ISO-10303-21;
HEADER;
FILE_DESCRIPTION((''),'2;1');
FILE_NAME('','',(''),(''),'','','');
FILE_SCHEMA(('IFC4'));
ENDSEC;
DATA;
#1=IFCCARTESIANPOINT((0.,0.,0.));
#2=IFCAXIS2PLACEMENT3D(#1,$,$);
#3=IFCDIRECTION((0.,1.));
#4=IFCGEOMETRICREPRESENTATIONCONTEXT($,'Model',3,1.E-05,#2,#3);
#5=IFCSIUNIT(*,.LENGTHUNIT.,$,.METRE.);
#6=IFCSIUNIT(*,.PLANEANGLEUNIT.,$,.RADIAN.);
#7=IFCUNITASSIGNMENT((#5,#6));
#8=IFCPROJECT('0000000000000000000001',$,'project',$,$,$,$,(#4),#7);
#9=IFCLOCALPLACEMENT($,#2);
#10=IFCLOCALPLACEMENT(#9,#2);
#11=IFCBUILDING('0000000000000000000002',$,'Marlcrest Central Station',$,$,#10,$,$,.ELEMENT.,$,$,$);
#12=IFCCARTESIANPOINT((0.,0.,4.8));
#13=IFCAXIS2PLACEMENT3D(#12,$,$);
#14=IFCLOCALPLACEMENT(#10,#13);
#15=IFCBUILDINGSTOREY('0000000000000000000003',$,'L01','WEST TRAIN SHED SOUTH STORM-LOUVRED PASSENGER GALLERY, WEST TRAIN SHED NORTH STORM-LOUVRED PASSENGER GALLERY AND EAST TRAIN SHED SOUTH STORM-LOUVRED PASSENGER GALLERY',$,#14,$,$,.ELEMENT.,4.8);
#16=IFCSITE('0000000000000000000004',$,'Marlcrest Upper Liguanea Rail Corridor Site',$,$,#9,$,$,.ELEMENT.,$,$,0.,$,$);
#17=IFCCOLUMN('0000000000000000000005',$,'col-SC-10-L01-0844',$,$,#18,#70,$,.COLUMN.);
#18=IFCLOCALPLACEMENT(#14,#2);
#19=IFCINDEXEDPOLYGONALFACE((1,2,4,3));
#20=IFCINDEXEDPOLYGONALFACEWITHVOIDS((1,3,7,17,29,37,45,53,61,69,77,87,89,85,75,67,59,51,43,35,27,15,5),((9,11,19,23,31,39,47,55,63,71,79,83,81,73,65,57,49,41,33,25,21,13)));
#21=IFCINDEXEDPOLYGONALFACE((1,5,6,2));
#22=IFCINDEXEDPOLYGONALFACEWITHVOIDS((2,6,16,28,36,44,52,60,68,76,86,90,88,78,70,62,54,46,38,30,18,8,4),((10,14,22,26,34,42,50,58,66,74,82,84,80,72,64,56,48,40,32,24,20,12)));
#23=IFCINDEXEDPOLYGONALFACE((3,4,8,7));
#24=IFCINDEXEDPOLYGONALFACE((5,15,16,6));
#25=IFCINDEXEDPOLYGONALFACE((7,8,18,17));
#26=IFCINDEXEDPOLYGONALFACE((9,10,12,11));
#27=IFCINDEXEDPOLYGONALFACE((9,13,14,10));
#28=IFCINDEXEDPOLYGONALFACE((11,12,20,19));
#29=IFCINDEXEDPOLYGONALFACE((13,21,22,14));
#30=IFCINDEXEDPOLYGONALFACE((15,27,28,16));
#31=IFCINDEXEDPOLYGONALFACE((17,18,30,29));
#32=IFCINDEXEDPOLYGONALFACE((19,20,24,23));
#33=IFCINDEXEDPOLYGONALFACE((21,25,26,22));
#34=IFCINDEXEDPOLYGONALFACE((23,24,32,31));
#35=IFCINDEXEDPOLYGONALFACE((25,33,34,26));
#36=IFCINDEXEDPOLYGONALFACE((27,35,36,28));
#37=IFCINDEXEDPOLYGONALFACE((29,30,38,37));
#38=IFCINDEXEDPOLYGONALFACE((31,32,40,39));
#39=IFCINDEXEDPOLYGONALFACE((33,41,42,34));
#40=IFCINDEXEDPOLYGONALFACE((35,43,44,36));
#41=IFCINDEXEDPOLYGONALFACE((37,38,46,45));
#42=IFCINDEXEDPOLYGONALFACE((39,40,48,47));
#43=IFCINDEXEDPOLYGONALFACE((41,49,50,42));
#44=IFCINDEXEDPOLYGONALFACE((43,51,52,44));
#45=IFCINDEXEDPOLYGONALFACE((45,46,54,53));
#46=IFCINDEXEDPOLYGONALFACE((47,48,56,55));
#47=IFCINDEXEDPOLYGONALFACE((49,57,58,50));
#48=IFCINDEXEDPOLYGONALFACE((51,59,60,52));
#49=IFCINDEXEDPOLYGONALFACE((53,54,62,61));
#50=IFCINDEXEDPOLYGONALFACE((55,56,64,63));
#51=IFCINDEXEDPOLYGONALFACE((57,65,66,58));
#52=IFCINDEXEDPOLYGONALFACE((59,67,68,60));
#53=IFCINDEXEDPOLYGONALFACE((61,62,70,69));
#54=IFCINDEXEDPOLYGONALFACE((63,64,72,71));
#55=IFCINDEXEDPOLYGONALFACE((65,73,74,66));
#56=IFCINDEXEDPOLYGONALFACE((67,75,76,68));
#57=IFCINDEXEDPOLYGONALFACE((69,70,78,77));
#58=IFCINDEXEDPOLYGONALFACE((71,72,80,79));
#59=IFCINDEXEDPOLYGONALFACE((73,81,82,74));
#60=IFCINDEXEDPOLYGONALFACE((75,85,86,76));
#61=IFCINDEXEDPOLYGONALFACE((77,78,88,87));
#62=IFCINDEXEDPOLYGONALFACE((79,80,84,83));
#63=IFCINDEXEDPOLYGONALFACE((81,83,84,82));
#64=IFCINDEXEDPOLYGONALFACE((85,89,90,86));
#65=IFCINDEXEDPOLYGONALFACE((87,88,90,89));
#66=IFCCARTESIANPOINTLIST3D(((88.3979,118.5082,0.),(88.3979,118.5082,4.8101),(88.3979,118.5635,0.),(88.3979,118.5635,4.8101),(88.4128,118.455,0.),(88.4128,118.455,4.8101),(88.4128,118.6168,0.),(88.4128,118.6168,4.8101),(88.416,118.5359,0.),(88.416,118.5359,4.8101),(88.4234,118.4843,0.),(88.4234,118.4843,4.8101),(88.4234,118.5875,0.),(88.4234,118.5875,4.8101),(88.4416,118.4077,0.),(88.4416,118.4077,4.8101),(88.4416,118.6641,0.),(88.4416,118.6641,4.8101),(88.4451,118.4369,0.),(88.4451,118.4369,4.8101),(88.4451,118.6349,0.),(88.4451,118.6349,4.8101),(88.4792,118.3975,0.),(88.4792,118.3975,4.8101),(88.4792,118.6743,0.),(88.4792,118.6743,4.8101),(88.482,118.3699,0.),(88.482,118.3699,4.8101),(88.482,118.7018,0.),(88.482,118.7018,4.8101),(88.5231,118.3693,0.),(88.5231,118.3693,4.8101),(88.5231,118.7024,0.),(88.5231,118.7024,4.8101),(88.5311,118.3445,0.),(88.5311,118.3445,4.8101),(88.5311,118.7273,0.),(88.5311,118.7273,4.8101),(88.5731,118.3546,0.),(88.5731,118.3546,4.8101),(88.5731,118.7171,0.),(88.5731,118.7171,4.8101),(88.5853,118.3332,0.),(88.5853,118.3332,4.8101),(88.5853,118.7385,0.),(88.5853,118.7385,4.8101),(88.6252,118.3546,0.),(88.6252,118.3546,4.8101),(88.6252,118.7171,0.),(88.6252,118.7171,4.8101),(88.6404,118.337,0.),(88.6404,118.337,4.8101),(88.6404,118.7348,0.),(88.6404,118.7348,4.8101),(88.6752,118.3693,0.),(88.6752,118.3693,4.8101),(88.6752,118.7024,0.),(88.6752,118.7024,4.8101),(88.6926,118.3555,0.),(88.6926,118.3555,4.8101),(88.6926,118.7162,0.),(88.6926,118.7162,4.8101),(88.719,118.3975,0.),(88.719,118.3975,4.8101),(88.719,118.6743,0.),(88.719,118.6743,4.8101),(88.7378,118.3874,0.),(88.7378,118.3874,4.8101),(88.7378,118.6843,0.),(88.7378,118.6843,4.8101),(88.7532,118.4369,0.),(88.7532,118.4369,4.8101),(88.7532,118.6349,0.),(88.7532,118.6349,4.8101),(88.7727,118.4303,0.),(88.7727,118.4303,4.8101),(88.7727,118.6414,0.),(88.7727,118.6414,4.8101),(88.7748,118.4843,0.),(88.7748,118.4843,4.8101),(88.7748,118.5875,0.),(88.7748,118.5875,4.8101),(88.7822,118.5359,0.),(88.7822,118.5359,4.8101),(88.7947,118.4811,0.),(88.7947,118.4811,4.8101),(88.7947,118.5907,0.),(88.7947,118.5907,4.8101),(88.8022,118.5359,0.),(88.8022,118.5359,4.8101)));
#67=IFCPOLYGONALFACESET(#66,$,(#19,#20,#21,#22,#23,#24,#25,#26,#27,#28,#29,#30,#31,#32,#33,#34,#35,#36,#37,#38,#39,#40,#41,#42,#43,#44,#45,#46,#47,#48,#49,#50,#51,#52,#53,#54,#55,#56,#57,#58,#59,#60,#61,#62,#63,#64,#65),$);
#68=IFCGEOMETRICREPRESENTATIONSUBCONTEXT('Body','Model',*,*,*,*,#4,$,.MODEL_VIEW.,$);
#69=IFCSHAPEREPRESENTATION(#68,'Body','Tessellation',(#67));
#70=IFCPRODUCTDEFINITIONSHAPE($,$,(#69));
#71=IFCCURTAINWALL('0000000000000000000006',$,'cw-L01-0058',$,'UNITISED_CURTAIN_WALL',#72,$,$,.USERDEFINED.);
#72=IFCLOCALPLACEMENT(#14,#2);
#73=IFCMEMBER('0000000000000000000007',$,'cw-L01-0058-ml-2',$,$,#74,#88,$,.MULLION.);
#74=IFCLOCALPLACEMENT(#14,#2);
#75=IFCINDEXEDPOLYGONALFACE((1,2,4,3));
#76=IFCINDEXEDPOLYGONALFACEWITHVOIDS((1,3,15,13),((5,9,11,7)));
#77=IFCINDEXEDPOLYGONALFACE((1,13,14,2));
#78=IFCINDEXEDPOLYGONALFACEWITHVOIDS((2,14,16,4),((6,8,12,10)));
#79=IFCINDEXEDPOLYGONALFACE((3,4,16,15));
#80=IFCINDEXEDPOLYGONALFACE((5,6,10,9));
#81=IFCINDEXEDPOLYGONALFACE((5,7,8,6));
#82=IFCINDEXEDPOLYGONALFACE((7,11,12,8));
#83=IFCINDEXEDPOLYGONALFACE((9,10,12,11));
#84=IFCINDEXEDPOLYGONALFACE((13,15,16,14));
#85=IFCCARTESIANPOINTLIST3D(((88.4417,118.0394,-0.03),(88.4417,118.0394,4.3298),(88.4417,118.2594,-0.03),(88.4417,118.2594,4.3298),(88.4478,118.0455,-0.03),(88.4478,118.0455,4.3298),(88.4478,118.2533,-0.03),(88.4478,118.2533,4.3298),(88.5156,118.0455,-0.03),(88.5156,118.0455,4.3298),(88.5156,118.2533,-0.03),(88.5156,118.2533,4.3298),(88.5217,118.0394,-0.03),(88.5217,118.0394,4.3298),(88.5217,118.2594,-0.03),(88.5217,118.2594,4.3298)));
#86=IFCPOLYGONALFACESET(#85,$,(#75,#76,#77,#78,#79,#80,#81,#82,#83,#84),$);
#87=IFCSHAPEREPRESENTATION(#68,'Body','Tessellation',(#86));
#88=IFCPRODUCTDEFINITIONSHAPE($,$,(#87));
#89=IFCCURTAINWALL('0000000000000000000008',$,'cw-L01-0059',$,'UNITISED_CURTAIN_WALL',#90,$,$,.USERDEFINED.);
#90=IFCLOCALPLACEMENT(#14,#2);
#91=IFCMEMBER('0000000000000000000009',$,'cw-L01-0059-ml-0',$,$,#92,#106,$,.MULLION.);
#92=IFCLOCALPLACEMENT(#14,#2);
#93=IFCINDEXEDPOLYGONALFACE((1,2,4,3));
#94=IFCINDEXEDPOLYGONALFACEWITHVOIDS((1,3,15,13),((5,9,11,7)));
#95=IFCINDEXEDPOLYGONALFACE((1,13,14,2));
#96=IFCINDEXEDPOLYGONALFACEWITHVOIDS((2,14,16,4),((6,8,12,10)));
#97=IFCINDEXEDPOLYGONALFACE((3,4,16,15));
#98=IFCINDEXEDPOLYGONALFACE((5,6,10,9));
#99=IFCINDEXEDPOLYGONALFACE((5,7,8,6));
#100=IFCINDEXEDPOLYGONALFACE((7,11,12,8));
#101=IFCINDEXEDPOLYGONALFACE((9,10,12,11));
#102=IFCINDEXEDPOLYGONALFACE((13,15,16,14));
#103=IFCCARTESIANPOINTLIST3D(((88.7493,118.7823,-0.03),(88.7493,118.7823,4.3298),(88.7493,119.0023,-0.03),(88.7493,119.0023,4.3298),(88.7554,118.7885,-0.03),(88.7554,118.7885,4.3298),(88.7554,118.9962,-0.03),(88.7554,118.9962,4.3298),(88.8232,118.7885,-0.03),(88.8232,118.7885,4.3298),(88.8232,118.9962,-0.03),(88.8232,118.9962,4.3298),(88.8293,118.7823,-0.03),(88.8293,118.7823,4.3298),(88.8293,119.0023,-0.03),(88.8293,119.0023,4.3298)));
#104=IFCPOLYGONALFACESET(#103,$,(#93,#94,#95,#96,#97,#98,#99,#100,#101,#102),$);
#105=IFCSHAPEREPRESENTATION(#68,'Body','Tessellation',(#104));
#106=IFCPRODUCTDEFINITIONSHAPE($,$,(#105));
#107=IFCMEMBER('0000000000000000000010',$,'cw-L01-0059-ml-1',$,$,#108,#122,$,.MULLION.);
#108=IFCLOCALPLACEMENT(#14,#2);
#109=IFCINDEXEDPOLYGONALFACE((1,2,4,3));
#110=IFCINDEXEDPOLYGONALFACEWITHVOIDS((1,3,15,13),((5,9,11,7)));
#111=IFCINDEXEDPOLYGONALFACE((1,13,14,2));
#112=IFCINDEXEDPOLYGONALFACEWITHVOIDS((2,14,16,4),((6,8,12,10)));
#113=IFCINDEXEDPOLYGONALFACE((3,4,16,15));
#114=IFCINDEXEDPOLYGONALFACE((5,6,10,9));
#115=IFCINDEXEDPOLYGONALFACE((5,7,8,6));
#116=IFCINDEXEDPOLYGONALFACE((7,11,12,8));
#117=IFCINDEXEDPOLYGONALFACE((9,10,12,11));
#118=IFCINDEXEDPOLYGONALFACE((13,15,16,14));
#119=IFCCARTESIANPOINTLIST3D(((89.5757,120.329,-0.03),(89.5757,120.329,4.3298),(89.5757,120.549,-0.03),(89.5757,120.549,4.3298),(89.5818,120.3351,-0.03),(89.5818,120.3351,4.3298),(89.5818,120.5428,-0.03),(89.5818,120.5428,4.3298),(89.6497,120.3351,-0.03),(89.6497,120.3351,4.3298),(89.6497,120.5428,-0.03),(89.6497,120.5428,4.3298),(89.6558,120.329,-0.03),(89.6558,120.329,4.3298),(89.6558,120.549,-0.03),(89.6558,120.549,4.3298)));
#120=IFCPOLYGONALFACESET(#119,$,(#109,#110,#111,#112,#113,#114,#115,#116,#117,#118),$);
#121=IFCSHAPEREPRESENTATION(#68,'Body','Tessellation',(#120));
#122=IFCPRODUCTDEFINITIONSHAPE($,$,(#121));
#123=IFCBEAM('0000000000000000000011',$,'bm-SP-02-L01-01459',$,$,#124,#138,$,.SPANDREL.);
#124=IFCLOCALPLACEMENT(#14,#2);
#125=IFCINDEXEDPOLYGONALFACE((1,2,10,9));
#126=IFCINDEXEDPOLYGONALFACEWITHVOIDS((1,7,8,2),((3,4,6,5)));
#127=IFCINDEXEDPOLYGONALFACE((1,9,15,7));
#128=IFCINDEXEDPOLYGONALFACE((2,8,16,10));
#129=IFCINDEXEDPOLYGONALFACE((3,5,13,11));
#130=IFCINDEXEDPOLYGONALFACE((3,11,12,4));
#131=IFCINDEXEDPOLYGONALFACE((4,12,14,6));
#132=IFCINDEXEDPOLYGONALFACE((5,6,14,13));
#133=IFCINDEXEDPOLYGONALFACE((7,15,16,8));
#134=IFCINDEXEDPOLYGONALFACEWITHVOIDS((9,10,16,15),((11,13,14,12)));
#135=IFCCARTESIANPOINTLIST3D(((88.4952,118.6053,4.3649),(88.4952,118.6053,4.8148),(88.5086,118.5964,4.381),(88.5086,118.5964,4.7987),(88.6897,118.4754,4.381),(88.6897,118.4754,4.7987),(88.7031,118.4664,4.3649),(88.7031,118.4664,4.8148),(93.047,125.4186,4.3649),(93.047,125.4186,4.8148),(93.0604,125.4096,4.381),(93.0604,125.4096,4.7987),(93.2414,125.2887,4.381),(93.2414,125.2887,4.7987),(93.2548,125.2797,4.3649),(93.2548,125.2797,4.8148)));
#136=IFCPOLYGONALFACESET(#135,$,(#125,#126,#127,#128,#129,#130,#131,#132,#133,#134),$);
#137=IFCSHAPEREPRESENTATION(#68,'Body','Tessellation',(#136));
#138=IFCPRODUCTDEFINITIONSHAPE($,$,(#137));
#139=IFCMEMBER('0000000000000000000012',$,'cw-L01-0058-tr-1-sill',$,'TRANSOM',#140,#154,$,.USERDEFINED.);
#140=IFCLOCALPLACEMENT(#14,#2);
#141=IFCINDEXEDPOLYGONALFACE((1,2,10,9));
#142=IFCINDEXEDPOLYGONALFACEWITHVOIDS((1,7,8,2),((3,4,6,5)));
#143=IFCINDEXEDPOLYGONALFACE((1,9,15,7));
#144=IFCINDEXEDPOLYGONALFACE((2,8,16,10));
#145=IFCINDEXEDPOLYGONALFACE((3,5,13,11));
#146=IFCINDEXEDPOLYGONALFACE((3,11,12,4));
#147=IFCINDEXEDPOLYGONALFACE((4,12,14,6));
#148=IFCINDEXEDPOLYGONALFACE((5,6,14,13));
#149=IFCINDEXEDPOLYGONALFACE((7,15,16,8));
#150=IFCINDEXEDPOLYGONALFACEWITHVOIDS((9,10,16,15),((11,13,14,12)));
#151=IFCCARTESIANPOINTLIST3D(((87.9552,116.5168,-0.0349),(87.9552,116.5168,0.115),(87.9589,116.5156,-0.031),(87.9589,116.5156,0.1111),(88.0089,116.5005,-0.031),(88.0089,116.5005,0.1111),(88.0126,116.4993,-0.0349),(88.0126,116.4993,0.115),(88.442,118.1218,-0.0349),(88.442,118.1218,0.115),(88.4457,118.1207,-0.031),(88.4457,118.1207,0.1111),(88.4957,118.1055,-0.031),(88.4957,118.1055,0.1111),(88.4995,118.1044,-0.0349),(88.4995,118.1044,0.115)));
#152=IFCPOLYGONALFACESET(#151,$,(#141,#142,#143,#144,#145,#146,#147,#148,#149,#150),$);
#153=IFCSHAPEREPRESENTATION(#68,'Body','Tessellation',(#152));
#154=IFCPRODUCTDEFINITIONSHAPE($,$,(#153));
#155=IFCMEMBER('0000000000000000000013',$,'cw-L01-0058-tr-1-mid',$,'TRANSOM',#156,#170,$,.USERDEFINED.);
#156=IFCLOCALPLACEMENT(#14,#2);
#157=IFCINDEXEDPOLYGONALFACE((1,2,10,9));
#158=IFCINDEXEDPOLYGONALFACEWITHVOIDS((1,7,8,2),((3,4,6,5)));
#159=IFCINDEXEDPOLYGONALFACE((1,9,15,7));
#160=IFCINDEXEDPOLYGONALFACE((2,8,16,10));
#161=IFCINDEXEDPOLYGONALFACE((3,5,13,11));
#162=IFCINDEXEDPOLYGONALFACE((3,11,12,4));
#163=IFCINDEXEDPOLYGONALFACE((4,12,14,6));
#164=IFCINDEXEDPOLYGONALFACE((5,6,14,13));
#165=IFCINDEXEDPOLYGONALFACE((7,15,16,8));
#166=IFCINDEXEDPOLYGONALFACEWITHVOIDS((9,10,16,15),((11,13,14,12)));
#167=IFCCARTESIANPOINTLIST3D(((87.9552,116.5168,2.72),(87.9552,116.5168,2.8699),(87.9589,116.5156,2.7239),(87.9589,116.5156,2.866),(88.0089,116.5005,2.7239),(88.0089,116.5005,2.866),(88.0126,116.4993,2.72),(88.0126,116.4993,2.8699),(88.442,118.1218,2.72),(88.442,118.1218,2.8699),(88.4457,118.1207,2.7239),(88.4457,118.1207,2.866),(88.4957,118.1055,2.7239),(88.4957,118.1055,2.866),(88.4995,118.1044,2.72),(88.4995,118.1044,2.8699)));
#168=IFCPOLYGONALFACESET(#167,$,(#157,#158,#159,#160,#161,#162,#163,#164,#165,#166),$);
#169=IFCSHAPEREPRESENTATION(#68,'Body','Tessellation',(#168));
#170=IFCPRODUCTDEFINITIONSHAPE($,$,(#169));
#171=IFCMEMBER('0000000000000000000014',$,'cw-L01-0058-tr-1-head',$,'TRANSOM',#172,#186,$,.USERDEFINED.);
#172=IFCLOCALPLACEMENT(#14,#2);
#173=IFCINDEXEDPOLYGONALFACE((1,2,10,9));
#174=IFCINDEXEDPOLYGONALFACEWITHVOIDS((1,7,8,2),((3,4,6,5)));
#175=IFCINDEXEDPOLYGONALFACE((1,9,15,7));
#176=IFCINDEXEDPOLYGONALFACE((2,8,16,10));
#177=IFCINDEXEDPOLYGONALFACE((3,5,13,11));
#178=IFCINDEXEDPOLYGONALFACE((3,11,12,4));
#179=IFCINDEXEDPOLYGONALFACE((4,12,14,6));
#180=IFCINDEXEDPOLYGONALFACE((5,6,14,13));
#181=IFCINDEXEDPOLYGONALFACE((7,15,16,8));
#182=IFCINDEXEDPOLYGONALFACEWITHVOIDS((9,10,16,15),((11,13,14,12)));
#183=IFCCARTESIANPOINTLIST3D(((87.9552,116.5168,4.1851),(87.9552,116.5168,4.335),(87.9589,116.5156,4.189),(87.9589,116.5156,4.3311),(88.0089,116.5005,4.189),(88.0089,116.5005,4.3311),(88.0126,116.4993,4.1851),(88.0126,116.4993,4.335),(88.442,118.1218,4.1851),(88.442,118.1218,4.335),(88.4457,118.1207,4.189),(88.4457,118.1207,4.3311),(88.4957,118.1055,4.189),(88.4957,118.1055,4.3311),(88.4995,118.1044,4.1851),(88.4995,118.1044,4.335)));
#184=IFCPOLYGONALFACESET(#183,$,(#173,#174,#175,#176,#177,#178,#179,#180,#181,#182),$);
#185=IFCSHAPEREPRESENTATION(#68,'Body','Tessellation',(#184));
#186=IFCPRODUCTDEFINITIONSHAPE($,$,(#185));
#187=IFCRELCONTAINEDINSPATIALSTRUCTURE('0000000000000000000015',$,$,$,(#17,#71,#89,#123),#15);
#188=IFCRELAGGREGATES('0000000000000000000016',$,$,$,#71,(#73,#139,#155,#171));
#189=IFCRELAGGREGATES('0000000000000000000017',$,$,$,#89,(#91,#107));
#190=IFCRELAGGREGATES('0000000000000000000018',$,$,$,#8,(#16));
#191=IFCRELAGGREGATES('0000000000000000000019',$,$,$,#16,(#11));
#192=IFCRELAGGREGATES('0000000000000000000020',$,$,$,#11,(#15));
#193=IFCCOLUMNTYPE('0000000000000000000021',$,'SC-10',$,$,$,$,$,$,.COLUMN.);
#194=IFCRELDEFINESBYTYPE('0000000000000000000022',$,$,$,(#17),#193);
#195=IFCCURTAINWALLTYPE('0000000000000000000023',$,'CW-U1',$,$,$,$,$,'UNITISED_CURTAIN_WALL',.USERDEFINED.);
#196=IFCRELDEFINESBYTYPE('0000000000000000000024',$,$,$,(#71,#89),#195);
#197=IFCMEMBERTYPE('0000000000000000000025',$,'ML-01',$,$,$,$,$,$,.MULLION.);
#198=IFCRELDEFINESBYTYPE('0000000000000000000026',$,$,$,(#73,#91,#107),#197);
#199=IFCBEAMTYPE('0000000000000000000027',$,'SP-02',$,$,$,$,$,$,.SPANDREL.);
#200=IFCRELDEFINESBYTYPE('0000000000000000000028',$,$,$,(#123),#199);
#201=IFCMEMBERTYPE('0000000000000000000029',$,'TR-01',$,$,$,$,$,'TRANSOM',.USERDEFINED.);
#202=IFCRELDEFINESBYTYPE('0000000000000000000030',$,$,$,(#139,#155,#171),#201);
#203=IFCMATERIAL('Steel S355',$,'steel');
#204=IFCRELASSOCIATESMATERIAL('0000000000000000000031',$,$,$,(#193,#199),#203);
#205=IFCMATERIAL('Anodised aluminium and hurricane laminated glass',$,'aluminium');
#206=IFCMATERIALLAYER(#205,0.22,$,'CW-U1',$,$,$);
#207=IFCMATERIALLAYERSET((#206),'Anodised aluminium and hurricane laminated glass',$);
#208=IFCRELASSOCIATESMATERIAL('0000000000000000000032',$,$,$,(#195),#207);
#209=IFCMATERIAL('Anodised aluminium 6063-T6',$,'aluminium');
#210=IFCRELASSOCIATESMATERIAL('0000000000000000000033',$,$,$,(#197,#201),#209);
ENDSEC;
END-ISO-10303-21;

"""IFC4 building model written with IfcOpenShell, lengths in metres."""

from ifc_helpers import new_model, si_unit, direction, frame, origin, origin_2d, place, context, subcontext, project, spatial, hollow_rectangle, hollow_circle, extrude, material, layer, layer_set, material_profile, profile_set, type_object, element, aggregate, save


model = new_model("IFC4")

# Units and contexts
model_context = context("Model", 3, precision=1e-05, world=origin(), true_north=direction((0.0, 1.0)))
body_context = subcontext(model_context, "Body", "Model", "MODEL_VIEW")
ifc_project = project(units=[si_unit("LENGTHUNIT", "METRE"), si_unit("PLANEANGLEUNIT", "RADIAN")], contexts=[model_context])

# Site, building, storey
site_placement = place(None, origin())
site = spatial("IfcSite", under=ifc_project, at=site_placement, Name="Marlcrest Upper Liguanea Rail Corridor Site", CompositionType="ELEMENT", RefElevation=0.0)
building_placement = place(site_placement, origin())
building = spatial("IfcBuilding", under=site, at=building_placement, Name="Marlcrest Central Station", CompositionType="ELEMENT")
storey_placement = place(building_placement, frame((0.0, 0.0, 4.8)))
storey = spatial("IfcBuildingStorey", under=building, at=storey_placement, Name="L01", Description="WEST TRAIN SHED SOUTH STORM-LOUVRED PASSENGER GALLERY, WEST TRAIN SHED NORTH STORM-LOUVRED PASSENGER GALLERY AND EAST TRAIN SHED SOUTH STORM-LOUVRED PASSENGER GALLERY", CompositionType="ELEMENT", Elevation=4.8)

# Column
ifc_material_1 = material(Name="Steel S355", Category="steel")
ifc_material_profile_1 = material_profile(ifc_material_1, hollow_circle(Radius=0.2031, WallThickness=0.02, at=origin_2d()), Name="CHS 406.4x20")
ifc_profile_set_1 = profile_set([ifc_material_profile_1], Name="Steel S355")
column_type = type_object("IfcColumnType", Name="SC-10", PredefinedType="COLUMN", material=ifc_profile_set_1)
column_placement = place(storey_placement, frame((88.5991, 118.5359, 0.0), z_axis=(0.0, 0.0, 1.0), x_axis=(1.0, 0.0, 0.0)))
element("IfcColumn", 1, at=column_placement, inside=storey, type_object=column_type, Name="col-SC-10-L01-0844", PredefinedType="COLUMN", context=body_context, shape_type="SweptSolid", body=[
    extrude(hollow_circle(Radius=0.2031, WallThickness=0.02, at=origin_2d()), origin(), (0.0, 0.0, 1.0), 4.8101),
])

# Curtain wall, member
ifc_material_2 = material(Name="Anodised aluminium and hurricane laminated glass", Category="aluminium")
ifc_layer_1 = layer(ifc_material_2, 0.22, Name="CW-U1")
ifc_layer_set_1 = layer_set([ifc_layer_1], Name="Anodised aluminium and hurricane laminated glass")
curtain_wall_type = type_object("IfcCurtainWallType", Name="CW-U1", ElementType="UNITISED_CURTAIN_WALL", PredefinedType="USERDEFINED", material=ifc_layer_set_1)
curtain_wall_1_placement = place(storey_placement, origin())
curtain_wall_1 = element("IfcCurtainWall", 2, at=curtain_wall_1_placement, inside=storey, type_object=curtain_wall_type, Name="cw-L01-0058", ObjectType="UNITISED_CURTAIN_WALL", PredefinedType="USERDEFINED")
ifc_material_3 = material(Name="Anodised aluminium 6063-T6", Category="aluminium")
ifc_material_profile_2 = material_profile(ifc_material_3, hollow_rectangle(XDim=0.0801, YDim=0.22, WallThickness=0.0061, at=origin_2d()), Name="AA-RHS 220x80x6")
ifc_profile_set_2 = profile_set([ifc_material_profile_2], Name="Anodised aluminium 6063-T6")
member_type_1 = type_object("IfcMemberType", Name="ML-01", PredefinedType="MULLION", material=ifc_profile_set_2)
member_1_placement = place(storey_placement, frame((88.4817, 118.1494, -0.03), z_axis=(0.0, 0.0, 1.0), x_axis=(1.0, 0.0, 0.0)))
member_1 = element("IfcMember", 3, at=member_1_placement, type_object=member_type_1, Name="cw-L01-0058-ml-2", PredefinedType="MULLION", context=body_context, shape_type="SweptSolid", body=[
    extrude(hollow_rectangle(XDim=0.0801, YDim=0.22, WallThickness=0.0061, at=origin_2d()), origin(), (0.0, 0.0, 1.0), 4.3599),
])

# Curtain wall, members
curtain_wall_2_placement = place(storey_placement, origin())
curtain_wall_2 = element("IfcCurtainWall", 4, at=curtain_wall_2_placement, inside=storey, type_object=curtain_wall_type, Name="cw-L01-0059", ObjectType="UNITISED_CURTAIN_WALL", PredefinedType="USERDEFINED")
member_2_placement = place(storey_placement, frame((88.7893, 118.8923, -0.03), z_axis=(0.0, 0.0, 1.0), x_axis=(1.0, 0.0, 0.0)))
member_2 = element("IfcMember", 5, at=member_2_placement, type_object=member_type_1, Name="cw-L01-0059-ml-0", PredefinedType="MULLION", context=body_context, shape_type="SweptSolid", body=[
    extrude(hollow_rectangle(XDim=0.0801, YDim=0.22, WallThickness=0.0061, at=origin_2d()), origin(), (0.0, 0.0, 1.0), 4.3599),
])
member_3_placement = place(storey_placement, frame((89.6157, 120.439, -0.03), z_axis=(0.0, 0.0, 1.0), x_axis=(1.0, 0.0, 0.0)))
member_3 = element("IfcMember", 6, at=member_3_placement, type_object=member_type_1, Name="cw-L01-0059-ml-1", PredefinedType="MULLION", context=body_context, shape_type="SweptSolid", body=[
    extrude(hollow_rectangle(XDim=0.0801, YDim=0.22, WallThickness=0.0061, at=origin_2d()), origin(), (0.0, 0.0, 1.0), 4.3599),
])

# Beam
ifc_material_profile_3 = material_profile(ifc_material_1, hollow_rectangle(XDim=0.25, YDim=0.45, WallThickness=0.0161, at=origin_2d()), Name="RHS 450x250x16")
ifc_profile_set_3 = profile_set([ifc_material_profile_3], Name="Steel S355")
beam_type = type_object("IfcBeamType", Name="SP-02", PredefinedType="SPANDREL", material=ifc_profile_set_3)
beam_placement = place(storey_placement, frame((88.5991, 118.5359, 4.5898), z_axis=(0.555511, 0.831509, 0.0), x_axis=(-0.831509, 0.555511, 0.0)))
element("IfcBeam", 7, at=beam_placement, inside=storey, type_object=beam_type, Name="bm-SP-02-L01-01459", PredefinedType="SPANDREL", context=body_context, shape_type="SweptSolid", body=[
    extrude(hollow_rectangle(XDim=0.25, YDim=0.45, WallThickness=0.0161, at=origin_2d()), origin(), (0.0, 0.0, 1.0), 8.1938),
])

# Members
ifc_material_profile_4 = material_profile(ifc_material_3, hollow_rectangle(XDim=0.0601, YDim=0.1499, WallThickness=0.0039, at=origin_2d()), Name="AA-RHS 150x60x4")
ifc_profile_set_4 = profile_set([ifc_material_profile_4], Name="Anodised aluminium 6063-T6")
member_type_2 = type_object("IfcMemberType", Name="TR-01", ElementType="TRANSOM", PredefinedType="USERDEFINED", material=ifc_profile_set_4)
member_4_placement = place(storey_placement, frame((87.9839, 116.5081, 0.04), z_axis=(0.290258, 0.956948, 0.0), x_axis=(-0.956948, 0.290258, 0.0)))
member_4 = element("IfcMember", 8, at=member_4_placement, type_object=member_type_2, Name="cw-L01-0058-tr-1-sill", ObjectType="TRANSOM", PredefinedType="USERDEFINED", context=body_context, shape_type="SweptSolid", body=[
    extrude(hollow_rectangle(XDim=0.0601, YDim=0.1499, WallThickness=0.0039, at=origin_2d()), origin(), (0.0, 0.0, 1.0), 1.6772),
])
member_5_placement = place(storey_placement, frame((87.9839, 116.5081, 2.7949), z_axis=(0.290258, 0.956948, 0.0), x_axis=(-0.956948, 0.290258, 0.0)))
member_5 = element("IfcMember", 9, at=member_5_placement, type_object=member_type_2, Name="cw-L01-0058-tr-1-mid", ObjectType="TRANSOM", PredefinedType="USERDEFINED", context=body_context, shape_type="SweptSolid", body=[
    extrude(hollow_rectangle(XDim=0.0601, YDim=0.1499, WallThickness=0.0039, at=origin_2d()), origin(), (0.0, 0.0, 1.0), 1.6772),
])
member_6_placement = place(storey_placement, frame((87.9839, 116.5081, 4.26), z_axis=(0.290258, 0.956948, 0.0), x_axis=(-0.956948, 0.290258, 0.0)))
member_6 = element("IfcMember", 10, at=member_6_placement, type_object=member_type_2, Name="cw-L01-0058-tr-1-head", ObjectType="TRANSOM", PredefinedType="USERDEFINED", context=body_context, shape_type="SweptSolid", body=[
    extrude(hollow_rectangle(XDim=0.0601, YDim=0.1499, WallThickness=0.0039, at=origin_2d()), origin(), (0.0, 0.0, 1.0), 1.6772),
])

aggregate(curtain_wall_1, [member_1, member_4, member_5, member_6])
aggregate(curtain_wall_2, [member_2, member_3])

save(model, "model.ifc")
